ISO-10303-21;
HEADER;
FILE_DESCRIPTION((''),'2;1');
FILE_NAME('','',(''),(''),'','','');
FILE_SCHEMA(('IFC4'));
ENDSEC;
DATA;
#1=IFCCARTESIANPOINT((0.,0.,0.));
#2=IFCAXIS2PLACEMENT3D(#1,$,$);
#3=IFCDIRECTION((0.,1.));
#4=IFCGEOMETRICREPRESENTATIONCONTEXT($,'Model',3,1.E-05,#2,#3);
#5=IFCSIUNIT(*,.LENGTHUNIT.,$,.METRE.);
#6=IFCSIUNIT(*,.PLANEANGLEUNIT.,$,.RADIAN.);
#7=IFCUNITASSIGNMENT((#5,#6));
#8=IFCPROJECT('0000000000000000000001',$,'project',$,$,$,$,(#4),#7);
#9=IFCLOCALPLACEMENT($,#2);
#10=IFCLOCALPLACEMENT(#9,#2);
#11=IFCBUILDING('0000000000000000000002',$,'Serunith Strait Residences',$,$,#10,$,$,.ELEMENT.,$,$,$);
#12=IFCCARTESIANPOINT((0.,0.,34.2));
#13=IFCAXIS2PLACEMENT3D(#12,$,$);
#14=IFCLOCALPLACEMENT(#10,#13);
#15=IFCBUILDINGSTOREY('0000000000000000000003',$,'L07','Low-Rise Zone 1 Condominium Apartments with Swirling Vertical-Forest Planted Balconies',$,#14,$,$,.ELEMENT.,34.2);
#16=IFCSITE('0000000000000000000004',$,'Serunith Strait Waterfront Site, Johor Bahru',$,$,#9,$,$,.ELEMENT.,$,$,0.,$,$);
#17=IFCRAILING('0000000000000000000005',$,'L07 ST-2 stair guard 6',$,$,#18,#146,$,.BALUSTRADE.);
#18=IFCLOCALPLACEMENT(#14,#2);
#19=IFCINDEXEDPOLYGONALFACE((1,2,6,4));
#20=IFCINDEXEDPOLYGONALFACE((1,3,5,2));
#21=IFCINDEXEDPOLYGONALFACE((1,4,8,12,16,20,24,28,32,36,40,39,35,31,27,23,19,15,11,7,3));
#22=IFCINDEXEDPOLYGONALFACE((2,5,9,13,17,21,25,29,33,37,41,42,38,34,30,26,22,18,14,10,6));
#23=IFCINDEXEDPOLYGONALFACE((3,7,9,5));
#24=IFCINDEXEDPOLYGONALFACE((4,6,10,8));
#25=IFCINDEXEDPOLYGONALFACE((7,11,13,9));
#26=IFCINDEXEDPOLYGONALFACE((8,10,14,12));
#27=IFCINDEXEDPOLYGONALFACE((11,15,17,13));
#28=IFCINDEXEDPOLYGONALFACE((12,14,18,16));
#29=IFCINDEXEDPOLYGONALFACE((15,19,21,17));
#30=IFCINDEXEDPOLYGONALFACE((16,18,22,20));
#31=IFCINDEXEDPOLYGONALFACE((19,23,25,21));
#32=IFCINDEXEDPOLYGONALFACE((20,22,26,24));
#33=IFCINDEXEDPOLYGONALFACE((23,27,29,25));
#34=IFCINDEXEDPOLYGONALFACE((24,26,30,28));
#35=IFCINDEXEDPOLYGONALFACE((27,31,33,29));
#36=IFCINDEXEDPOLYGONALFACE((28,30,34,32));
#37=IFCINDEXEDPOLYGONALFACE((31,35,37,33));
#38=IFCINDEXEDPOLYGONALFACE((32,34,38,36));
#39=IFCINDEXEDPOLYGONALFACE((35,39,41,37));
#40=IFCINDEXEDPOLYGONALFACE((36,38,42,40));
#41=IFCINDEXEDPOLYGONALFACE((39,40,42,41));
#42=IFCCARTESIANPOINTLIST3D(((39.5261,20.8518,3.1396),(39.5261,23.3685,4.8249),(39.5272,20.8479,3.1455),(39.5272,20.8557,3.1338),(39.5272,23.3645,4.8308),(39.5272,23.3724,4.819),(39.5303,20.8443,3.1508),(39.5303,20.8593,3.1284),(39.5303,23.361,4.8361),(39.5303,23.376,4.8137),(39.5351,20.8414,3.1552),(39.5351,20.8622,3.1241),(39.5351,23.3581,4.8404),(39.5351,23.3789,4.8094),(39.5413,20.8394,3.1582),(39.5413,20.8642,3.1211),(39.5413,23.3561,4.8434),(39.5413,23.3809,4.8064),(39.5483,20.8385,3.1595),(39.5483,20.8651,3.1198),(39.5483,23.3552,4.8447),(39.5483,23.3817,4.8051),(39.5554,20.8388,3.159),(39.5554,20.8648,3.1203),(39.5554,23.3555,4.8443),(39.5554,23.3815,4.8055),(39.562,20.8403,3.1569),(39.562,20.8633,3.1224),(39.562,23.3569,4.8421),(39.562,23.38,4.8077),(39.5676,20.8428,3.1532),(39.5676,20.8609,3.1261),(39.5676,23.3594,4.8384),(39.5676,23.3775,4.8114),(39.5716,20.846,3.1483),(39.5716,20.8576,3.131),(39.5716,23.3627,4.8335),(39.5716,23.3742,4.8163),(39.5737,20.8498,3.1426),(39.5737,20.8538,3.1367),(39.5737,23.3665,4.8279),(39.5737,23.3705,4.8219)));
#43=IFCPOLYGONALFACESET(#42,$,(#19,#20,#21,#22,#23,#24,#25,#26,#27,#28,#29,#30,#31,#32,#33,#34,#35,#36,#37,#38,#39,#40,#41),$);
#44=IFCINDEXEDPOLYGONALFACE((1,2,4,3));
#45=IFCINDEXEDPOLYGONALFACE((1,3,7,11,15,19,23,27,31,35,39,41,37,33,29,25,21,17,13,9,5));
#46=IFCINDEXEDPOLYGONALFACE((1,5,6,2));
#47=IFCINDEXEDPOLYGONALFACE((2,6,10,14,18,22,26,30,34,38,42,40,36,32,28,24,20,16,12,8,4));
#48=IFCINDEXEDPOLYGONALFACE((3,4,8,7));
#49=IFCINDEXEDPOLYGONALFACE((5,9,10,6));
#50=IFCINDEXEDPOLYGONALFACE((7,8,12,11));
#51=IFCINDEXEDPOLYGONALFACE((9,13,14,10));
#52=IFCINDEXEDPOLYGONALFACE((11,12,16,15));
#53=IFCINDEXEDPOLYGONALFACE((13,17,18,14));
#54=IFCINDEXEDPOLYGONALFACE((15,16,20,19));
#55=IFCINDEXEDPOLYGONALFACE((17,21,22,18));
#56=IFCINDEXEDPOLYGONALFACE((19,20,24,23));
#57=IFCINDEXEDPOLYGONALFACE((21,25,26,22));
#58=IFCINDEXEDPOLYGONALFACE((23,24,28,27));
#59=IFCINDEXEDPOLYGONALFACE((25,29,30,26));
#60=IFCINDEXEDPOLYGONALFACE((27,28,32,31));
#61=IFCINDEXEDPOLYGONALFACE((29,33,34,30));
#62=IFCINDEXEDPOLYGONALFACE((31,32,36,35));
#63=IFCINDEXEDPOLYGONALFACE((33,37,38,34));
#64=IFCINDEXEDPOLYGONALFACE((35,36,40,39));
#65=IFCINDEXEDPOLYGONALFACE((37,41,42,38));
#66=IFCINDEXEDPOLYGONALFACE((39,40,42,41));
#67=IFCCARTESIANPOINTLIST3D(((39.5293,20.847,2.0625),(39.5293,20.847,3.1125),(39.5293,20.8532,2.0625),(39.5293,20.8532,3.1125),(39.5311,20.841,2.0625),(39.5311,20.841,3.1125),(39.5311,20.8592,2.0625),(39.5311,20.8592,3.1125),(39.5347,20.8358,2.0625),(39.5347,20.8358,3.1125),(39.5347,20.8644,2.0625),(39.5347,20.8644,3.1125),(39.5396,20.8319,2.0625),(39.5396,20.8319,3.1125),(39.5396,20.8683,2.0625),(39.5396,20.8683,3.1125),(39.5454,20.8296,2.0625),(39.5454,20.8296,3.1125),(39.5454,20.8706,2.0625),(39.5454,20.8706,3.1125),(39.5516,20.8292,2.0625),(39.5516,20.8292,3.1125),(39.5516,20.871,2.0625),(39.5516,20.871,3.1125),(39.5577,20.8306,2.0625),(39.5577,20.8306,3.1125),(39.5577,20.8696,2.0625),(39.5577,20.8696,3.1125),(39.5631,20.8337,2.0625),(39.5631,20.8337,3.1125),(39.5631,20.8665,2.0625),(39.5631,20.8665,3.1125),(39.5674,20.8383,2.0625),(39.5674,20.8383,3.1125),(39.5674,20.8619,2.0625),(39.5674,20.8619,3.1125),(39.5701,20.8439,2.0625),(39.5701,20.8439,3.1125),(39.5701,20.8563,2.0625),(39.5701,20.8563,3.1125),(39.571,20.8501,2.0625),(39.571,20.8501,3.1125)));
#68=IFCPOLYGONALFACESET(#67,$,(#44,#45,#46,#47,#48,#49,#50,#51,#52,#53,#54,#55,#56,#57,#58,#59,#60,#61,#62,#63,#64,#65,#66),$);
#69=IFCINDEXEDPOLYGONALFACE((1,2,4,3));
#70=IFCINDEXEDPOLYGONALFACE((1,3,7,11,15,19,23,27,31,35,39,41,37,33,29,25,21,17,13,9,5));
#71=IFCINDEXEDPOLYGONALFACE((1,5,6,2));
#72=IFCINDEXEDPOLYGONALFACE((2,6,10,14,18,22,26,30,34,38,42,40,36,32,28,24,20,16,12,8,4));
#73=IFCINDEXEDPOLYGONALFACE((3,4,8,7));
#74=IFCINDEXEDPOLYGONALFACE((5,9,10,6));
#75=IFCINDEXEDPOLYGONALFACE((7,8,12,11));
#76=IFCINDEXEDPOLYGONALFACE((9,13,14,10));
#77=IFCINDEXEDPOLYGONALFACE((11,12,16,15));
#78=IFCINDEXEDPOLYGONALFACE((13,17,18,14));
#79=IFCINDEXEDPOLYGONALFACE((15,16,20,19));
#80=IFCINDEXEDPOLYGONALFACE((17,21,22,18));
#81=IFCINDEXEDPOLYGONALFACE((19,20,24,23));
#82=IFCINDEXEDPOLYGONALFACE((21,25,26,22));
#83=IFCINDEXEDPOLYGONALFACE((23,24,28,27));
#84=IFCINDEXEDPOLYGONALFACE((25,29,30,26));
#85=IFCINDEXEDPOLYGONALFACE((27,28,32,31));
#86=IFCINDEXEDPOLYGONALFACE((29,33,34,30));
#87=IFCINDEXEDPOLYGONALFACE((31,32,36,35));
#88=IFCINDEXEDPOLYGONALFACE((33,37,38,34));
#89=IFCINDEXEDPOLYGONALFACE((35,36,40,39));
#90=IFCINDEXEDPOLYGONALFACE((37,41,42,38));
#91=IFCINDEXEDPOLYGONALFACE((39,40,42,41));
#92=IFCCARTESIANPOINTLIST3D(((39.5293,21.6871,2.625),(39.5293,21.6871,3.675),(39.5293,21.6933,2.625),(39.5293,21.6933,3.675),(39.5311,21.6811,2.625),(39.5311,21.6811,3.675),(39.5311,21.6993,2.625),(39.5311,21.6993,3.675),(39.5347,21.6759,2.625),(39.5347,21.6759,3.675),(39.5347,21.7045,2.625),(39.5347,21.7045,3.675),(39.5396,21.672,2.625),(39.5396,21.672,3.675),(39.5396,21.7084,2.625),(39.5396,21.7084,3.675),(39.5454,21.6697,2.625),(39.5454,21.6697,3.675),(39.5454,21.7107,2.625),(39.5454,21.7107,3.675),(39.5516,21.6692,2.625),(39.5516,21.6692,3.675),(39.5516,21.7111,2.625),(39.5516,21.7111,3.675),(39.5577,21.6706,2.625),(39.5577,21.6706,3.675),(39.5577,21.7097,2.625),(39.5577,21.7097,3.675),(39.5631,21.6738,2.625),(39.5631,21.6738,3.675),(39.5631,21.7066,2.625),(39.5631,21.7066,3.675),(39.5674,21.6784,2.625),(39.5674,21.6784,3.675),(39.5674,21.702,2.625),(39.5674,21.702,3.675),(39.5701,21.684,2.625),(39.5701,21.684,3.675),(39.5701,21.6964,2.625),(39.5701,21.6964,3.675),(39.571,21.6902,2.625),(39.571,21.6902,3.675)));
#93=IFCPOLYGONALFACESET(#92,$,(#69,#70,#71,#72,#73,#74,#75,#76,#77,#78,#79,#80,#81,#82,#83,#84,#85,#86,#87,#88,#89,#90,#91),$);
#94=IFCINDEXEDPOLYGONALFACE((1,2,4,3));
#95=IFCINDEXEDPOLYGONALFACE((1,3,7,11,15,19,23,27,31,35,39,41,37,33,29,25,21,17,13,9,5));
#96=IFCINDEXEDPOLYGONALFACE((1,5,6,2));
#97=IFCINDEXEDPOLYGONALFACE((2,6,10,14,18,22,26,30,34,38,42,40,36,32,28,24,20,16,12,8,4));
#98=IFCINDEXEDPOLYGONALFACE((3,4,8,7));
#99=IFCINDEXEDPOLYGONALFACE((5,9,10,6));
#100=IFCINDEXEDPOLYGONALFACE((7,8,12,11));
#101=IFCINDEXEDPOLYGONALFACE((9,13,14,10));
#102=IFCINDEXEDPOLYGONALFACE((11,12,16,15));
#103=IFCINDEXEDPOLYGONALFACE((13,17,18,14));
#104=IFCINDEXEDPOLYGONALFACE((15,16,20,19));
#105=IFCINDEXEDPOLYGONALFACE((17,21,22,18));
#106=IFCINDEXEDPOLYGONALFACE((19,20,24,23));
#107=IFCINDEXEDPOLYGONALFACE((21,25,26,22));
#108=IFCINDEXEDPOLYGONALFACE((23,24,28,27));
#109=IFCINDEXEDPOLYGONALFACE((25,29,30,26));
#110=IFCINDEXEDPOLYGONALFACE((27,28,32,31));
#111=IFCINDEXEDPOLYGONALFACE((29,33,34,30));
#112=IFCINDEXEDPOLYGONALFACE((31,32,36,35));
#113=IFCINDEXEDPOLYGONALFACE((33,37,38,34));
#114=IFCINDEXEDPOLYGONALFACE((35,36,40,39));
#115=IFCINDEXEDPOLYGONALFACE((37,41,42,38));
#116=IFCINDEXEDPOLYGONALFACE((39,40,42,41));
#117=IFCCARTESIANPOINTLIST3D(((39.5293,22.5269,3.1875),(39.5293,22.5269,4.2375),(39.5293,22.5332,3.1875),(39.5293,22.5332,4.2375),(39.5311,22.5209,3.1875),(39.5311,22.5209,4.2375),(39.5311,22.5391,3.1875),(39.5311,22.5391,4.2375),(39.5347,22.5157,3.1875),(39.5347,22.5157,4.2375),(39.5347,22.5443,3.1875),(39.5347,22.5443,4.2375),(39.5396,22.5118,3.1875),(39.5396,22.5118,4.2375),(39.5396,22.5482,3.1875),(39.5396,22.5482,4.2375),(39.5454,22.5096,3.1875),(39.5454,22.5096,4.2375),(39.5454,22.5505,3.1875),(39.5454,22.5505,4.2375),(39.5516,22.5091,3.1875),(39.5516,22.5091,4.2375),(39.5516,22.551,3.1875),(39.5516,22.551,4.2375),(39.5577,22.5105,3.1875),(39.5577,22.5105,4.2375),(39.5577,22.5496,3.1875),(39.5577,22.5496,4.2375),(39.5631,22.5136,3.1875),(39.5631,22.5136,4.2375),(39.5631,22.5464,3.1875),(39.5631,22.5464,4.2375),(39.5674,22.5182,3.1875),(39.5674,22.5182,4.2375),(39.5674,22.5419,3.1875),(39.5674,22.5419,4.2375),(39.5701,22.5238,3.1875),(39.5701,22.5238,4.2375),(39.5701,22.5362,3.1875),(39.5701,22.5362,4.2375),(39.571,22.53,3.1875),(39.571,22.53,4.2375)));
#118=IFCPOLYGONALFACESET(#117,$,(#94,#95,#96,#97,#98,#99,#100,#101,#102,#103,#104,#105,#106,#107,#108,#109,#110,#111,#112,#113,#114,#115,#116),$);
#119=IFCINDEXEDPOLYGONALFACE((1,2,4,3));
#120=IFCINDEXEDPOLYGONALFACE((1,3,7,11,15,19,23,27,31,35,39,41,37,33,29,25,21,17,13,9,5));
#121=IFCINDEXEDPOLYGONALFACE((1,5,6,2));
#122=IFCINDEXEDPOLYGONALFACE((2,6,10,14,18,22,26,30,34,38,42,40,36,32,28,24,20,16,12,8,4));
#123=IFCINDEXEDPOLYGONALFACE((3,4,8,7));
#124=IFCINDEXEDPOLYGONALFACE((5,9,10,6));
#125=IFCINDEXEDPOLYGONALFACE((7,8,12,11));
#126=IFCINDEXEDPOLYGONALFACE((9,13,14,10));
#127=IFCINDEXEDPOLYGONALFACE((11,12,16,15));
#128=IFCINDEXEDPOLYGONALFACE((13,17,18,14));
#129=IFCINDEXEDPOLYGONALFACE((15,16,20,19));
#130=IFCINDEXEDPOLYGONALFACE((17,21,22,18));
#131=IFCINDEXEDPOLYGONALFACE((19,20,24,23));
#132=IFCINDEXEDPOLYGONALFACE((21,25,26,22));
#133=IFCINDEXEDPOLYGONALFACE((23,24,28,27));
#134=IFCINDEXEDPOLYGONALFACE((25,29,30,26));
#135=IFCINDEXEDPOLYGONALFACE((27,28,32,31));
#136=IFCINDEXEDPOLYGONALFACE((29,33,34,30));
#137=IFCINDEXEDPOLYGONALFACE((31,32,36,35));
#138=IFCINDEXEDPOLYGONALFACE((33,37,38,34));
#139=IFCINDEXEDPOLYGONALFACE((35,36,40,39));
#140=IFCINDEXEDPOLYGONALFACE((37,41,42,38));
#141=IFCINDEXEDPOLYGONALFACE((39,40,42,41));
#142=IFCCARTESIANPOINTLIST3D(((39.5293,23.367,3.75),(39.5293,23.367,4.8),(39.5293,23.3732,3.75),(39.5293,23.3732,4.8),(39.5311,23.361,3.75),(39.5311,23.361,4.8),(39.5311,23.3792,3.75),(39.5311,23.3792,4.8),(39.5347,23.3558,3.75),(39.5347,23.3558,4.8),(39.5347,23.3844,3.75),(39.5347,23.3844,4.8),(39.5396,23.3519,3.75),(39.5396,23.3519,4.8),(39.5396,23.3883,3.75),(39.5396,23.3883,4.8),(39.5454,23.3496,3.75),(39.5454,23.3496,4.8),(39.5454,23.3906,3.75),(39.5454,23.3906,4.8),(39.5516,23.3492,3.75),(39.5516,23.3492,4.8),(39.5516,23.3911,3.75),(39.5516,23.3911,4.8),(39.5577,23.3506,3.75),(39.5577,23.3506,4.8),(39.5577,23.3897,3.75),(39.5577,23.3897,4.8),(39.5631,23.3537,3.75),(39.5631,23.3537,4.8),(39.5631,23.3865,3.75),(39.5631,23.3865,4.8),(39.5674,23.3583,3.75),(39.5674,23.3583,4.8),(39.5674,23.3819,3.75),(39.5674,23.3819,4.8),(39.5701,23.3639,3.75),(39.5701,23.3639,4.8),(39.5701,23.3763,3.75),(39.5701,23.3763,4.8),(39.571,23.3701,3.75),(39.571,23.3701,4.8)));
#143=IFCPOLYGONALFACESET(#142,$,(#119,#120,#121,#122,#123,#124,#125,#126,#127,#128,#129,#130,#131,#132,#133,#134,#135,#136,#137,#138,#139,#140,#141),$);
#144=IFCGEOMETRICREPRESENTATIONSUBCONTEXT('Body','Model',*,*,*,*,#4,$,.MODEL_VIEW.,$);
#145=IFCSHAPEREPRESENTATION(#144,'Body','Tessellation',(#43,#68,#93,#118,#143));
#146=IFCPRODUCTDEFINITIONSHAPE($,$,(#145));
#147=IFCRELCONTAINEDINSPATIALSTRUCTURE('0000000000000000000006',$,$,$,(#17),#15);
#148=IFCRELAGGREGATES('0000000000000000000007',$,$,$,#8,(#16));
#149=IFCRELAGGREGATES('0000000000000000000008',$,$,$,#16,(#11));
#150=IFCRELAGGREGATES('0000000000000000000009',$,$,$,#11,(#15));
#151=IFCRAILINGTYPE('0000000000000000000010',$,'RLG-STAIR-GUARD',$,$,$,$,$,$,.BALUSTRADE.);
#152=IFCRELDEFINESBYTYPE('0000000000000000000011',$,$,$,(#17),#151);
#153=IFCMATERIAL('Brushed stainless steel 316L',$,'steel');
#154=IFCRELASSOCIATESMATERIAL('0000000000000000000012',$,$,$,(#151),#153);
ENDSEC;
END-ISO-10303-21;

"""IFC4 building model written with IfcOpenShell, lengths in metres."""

from ifc_helpers import new_model, si_unit, direction, frame, origin, origin_2d, place, context, subcontext, project, spatial, circle, extrude, material, type_object, element, save


model = new_model("IFC4")

# Units and contexts
model_context = context("Model", 3, precision=1e-05, world=origin(), true_north=direction((0.0, 1.0)))
body_context = subcontext(model_context, "Body", "Model", "MODEL_VIEW")
ifc_project = project(units=[si_unit("LENGTHUNIT", "METRE"), si_unit("PLANEANGLEUNIT", "RADIAN")], contexts=[model_context])

# Site, building, storey
site_placement = place(None, origin())
site = spatial("IfcSite", under=ifc_project, at=site_placement, Name="Serunith Strait Waterfront Site, Johor Bahru", CompositionType="ELEMENT", RefElevation=0.0)
building_placement = place(site_placement, origin())
building = spatial("IfcBuilding", under=site, at=building_placement, Name="Serunith Strait Residences", CompositionType="ELEMENT")
storey_placement = place(building_placement, frame((0.0, 0.0, 34.2)))
storey = spatial("IfcBuildingStorey", under=building, at=storey_placement, Name="L07", Description="Low-Rise Zone 1 Condominium Apartments with Swirling Vertical-Forest Planted Balconies", CompositionType="ELEMENT", Elevation=34.2)

# Railing
ifc_material_1 = material(Name="Brushed stainless steel 316L", Category="steel")
railing_type_1 = type_object("IfcRailingType", Name="RLG-STAIR-GUARD", PredefinedType="BALUSTRADE", material=ifc_material_1)
railing_1_placement = place(storey_placement, frame((39.55, 20.8501, 2.0625)))
element("IfcRailing", 1, at=railing_1_placement, inside=storey, type_object=railing_type_1, Name="L07 ST-2 stair guard 6", PredefinedType="BALUSTRADE", context=body_context, shape_type="SweptSolid", body=[
    extrude(circle(Radius=0.0239, at=origin_2d()), frame((0.0, 0.0017, 1.0771), z_axis=(0.0, 0.830909, 0.556408), x_axis=(-1.0, 0.0, 0.0)), (0.0, 0.0, 1.0), 3.0288),
    extrude(circle(Radius=0.021, at=origin_2d()), origin(), (0.0, 0.0, 1.0), 1.05),
    extrude(circle(Radius=0.021, at=origin_2d()), frame((0.0, 0.8401, 0.5625)), (0.0, 0.0, 1.0), 1.05),
    extrude(circle(Radius=0.021, at=origin_2d()), frame((0.0, 1.6799, 1.125)), (0.0, 0.0, 1.0), 1.05),
    extrude(circle(Radius=0.021, at=origin_2d()), frame((0.0, 2.52, 1.6875)), (0.0, 0.0, 1.0), 1.05),
])

save(model, "model.ifc")
